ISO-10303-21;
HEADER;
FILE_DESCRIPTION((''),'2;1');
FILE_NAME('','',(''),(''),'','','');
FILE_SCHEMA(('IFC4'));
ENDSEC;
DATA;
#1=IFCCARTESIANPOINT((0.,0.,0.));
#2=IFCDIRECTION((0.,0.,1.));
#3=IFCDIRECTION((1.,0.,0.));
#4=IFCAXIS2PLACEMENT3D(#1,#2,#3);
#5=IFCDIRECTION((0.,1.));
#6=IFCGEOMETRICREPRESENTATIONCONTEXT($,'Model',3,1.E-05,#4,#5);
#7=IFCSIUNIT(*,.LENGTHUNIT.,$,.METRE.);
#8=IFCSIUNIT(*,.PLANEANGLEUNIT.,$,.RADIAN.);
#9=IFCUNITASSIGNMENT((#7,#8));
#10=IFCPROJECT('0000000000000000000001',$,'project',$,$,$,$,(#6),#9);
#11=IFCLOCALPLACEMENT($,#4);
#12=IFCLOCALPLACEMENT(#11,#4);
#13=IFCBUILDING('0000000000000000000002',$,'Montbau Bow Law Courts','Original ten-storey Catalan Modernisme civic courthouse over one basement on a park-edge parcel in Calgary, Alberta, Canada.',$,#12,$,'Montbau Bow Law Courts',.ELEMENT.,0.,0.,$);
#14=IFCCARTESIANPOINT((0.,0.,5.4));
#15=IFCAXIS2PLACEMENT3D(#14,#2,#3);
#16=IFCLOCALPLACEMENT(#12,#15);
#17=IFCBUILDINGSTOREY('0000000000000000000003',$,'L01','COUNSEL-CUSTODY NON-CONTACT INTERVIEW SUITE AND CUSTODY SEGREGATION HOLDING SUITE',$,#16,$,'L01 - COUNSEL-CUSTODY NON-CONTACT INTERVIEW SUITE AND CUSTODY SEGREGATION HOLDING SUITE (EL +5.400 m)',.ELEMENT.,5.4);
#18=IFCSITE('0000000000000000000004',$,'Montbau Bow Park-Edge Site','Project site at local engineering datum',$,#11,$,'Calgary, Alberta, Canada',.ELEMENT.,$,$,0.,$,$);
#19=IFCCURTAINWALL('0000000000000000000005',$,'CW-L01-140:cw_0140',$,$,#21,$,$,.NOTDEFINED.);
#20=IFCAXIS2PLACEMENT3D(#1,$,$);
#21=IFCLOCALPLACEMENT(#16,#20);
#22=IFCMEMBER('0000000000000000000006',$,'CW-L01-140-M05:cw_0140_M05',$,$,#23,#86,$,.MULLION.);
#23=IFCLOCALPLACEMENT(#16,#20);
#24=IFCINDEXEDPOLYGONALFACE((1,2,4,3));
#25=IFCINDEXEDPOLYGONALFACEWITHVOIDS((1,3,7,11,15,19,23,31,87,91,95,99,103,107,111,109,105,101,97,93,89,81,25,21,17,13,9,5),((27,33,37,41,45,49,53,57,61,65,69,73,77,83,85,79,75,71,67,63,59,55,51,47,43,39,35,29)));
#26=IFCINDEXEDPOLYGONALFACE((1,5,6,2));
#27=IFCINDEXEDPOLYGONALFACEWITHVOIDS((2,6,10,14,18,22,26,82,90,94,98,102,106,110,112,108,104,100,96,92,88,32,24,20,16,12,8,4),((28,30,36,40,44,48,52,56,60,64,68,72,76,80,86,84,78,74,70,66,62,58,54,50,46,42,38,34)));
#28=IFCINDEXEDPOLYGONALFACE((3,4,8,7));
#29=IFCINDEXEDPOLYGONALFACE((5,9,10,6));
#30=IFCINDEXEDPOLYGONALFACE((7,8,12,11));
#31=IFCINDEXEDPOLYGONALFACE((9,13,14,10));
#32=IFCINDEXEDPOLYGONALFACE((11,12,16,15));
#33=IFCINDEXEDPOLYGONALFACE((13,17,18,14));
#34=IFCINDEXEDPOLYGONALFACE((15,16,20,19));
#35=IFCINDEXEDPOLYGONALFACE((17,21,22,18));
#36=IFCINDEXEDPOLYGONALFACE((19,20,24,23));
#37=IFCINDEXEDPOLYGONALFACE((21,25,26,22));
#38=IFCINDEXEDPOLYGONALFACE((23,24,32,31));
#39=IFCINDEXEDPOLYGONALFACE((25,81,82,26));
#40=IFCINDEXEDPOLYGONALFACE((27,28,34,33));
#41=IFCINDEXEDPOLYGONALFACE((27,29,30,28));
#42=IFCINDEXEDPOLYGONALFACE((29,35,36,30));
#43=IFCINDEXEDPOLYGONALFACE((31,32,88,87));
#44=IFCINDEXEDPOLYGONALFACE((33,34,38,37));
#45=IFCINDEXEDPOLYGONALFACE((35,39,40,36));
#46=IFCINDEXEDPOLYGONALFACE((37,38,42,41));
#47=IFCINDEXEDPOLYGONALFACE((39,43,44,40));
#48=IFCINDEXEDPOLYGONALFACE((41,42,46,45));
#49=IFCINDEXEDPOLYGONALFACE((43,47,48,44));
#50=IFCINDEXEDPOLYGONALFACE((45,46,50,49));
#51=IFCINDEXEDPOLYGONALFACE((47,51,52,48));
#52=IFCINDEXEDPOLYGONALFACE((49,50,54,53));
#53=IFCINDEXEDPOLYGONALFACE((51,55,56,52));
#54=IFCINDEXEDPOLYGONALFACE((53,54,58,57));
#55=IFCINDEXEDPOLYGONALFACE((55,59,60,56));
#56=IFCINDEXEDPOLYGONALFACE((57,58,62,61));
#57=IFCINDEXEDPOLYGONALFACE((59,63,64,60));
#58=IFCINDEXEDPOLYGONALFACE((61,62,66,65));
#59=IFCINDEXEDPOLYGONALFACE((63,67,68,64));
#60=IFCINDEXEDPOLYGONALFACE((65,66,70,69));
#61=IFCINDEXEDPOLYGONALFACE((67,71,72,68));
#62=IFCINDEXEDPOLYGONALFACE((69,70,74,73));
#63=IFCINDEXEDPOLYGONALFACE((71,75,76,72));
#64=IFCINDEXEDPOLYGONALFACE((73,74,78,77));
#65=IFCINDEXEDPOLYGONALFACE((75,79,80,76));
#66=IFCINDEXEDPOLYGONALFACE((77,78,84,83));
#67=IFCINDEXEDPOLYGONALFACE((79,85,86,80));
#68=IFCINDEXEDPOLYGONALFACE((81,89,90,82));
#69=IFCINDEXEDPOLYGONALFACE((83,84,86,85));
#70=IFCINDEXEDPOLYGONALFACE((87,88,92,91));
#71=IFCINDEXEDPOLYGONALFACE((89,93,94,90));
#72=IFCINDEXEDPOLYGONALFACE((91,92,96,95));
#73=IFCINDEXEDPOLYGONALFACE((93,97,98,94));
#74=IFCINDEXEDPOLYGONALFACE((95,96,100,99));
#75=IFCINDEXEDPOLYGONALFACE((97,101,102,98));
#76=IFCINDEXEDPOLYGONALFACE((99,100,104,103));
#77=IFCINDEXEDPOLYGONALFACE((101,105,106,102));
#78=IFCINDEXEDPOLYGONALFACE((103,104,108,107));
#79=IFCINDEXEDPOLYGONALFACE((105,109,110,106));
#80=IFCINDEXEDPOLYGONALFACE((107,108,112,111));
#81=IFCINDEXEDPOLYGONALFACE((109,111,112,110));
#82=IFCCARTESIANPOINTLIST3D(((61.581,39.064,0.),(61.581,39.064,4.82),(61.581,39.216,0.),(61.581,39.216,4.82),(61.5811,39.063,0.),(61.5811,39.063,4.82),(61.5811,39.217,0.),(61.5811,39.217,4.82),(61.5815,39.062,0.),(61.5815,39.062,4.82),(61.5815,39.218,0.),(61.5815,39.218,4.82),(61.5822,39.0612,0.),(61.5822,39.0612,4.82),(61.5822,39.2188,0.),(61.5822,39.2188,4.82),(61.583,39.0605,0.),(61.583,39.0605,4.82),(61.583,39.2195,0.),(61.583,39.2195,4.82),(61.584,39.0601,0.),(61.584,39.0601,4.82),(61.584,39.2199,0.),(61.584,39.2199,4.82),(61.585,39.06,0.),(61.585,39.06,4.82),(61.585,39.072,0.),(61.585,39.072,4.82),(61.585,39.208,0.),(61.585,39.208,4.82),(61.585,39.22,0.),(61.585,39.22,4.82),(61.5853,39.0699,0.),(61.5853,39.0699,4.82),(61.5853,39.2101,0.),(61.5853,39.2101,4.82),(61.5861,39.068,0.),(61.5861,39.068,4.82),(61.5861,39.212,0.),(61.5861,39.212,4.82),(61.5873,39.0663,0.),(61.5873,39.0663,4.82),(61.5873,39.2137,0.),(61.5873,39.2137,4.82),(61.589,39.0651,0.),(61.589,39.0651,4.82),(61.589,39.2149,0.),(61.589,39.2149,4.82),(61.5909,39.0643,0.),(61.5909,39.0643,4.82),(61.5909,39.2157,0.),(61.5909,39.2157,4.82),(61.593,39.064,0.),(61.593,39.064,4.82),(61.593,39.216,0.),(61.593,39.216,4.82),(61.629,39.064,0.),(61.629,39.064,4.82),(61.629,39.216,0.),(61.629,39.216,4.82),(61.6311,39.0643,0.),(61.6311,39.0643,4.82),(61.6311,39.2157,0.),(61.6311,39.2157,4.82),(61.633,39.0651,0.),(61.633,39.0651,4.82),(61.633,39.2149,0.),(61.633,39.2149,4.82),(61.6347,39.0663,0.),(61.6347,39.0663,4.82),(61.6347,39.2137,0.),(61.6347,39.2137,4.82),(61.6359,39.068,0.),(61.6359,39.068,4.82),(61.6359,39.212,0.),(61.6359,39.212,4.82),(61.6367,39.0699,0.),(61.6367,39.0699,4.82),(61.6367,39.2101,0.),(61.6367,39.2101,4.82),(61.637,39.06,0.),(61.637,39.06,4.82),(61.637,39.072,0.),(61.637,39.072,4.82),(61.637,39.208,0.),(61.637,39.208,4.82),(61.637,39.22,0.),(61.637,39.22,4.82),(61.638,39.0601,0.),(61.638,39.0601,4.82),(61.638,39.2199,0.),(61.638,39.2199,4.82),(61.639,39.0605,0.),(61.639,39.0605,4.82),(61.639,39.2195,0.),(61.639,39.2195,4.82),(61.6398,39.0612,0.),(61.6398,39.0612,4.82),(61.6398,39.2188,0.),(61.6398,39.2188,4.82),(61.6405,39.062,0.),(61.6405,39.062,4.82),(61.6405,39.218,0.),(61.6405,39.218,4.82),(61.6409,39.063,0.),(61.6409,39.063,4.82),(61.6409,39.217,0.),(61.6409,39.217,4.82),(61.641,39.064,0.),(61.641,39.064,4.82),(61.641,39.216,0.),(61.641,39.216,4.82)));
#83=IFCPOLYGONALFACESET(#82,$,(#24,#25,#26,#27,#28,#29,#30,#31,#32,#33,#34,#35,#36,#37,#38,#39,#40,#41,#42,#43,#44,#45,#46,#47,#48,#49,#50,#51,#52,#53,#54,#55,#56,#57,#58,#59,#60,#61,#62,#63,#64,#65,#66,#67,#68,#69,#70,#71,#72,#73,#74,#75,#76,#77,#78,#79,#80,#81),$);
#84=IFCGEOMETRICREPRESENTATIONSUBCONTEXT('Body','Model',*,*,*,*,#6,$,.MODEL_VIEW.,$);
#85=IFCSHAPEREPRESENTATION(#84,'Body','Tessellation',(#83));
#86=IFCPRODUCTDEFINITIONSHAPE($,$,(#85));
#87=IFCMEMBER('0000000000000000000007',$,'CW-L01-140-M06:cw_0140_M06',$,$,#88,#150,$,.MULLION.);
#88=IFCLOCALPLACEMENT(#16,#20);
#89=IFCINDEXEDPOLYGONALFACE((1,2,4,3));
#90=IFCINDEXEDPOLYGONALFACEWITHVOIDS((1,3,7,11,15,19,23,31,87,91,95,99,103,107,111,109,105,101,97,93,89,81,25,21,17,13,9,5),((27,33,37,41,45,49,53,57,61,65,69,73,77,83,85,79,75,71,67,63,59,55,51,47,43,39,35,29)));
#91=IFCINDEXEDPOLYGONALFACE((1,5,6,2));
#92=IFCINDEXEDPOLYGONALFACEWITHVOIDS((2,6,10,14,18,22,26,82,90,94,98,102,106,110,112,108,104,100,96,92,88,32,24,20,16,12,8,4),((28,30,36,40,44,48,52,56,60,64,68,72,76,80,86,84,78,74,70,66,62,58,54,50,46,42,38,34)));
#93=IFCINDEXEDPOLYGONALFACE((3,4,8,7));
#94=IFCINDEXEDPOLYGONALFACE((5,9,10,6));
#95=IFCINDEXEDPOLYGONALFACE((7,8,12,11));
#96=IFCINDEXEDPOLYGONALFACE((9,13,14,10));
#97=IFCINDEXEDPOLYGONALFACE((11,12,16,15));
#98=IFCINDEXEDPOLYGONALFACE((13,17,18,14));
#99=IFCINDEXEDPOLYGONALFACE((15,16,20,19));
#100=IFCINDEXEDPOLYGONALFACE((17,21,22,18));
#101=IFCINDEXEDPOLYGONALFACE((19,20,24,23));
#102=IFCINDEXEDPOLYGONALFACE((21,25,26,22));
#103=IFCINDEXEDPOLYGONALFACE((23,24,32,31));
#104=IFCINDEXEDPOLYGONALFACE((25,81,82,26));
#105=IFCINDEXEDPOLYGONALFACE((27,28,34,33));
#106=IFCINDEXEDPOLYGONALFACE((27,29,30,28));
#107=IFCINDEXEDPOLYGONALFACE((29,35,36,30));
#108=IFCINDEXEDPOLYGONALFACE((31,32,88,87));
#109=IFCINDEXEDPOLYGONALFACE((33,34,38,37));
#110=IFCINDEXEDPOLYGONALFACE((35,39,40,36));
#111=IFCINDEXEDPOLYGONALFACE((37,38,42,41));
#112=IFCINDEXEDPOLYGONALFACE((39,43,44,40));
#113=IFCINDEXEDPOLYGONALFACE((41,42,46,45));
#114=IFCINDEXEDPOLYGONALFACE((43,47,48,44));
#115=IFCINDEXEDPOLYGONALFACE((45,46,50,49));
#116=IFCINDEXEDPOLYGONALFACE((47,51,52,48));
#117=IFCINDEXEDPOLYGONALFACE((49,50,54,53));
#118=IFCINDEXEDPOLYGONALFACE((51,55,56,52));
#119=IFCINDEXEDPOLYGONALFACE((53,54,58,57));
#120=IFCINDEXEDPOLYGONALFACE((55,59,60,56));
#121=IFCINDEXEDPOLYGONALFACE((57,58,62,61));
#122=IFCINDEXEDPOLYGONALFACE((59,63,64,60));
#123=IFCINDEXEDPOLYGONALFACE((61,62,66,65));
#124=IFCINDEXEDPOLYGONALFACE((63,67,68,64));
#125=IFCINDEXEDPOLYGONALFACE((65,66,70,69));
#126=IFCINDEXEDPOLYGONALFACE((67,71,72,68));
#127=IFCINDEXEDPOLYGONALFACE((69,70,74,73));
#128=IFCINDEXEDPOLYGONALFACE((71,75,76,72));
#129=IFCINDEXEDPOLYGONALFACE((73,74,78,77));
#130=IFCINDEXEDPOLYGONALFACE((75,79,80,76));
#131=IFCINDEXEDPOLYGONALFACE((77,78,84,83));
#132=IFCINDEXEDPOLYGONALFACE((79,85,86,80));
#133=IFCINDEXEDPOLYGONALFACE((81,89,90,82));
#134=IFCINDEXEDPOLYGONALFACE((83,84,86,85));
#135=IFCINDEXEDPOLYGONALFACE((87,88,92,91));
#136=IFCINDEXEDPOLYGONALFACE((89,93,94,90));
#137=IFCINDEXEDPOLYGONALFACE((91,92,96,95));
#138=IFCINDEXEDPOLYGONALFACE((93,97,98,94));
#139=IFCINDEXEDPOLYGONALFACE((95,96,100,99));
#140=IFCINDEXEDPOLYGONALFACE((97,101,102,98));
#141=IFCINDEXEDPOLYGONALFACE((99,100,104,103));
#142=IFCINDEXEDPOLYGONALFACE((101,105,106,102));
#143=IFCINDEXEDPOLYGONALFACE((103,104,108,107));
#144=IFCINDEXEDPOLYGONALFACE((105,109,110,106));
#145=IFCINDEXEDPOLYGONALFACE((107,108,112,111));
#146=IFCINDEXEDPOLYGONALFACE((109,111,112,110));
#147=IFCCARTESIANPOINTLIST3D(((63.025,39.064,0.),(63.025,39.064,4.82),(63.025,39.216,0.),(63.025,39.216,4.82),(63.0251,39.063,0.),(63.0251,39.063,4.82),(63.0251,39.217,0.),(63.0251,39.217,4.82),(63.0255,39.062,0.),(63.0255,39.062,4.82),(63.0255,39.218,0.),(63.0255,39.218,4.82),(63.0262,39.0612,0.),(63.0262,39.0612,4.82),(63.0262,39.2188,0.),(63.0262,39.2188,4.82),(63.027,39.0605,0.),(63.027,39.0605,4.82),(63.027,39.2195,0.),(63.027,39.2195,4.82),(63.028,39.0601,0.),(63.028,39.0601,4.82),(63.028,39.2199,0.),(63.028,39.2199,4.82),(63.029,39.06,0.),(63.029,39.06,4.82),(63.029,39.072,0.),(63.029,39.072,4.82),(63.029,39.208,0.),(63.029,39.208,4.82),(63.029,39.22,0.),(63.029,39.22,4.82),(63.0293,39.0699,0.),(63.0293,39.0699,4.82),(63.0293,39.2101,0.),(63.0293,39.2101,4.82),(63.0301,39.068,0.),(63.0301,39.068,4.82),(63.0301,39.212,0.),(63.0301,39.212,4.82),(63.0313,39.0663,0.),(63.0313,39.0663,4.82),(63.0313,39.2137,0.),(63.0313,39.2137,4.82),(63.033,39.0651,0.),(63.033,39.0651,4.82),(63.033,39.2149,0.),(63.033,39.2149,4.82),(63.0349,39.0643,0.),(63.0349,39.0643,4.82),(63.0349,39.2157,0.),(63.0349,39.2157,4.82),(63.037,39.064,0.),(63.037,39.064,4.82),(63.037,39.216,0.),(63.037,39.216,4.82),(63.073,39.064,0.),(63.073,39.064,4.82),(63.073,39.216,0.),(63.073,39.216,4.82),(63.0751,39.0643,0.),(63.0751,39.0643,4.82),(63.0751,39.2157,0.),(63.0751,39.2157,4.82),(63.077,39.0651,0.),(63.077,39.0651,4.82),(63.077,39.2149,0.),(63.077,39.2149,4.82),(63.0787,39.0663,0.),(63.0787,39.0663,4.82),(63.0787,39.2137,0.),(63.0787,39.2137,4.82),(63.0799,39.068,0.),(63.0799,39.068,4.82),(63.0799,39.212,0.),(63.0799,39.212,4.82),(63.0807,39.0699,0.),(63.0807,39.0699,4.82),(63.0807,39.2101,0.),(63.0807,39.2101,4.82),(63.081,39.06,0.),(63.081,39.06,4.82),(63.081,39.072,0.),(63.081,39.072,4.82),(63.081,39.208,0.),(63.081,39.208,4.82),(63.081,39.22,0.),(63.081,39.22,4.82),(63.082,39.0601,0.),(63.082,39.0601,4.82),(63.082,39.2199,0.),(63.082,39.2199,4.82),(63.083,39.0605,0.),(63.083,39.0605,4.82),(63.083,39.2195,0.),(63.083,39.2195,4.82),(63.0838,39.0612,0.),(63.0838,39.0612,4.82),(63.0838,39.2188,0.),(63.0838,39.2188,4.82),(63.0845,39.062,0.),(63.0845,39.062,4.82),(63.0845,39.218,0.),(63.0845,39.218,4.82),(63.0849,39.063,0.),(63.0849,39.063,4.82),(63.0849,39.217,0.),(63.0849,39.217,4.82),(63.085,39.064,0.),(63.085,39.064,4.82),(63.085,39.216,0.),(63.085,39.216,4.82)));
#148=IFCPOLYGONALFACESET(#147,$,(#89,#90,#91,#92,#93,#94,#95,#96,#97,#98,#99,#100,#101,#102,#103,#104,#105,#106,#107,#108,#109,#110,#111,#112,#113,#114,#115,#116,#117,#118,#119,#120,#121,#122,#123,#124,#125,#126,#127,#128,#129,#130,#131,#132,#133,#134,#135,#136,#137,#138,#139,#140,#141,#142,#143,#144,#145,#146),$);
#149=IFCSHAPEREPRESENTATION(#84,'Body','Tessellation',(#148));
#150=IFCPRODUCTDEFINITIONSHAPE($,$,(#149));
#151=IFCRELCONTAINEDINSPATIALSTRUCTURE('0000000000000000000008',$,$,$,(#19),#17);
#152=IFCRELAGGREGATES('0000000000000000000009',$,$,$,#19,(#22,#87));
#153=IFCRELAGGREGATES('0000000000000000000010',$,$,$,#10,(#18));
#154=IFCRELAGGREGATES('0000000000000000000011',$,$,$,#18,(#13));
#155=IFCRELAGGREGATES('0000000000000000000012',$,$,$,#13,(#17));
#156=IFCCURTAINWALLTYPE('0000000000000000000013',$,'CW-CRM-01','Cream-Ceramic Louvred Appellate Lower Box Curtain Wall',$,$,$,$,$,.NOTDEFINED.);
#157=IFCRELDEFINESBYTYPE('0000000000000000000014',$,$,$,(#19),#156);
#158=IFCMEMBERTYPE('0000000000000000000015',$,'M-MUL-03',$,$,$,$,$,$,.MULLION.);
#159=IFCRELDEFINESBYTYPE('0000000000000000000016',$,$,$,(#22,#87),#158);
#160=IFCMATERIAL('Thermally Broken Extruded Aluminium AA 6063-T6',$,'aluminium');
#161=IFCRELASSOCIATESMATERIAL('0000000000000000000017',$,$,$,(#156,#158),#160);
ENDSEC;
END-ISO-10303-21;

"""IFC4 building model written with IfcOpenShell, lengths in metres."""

from ifc_helpers import new_model, si_unit, direction, frame, origin_with_axes, origin_2d_with_axis, place, context, subcontext, project, spatial, hollow_rectangle, extrude, material, material_profile, profile_set, type_object, element, aggregate, save


model = new_model("IFC4")

# Units and contexts
model_context = context("Model", 3, precision=1e-05, world=origin_with_axes(), true_north=direction((0.0, 1.0)))
body_context = subcontext(model_context, "Body", "Model", "MODEL_VIEW")
ifc_project = project(units=[si_unit("LENGTHUNIT", "METRE"), si_unit("PLANEANGLEUNIT", "RADIAN")], contexts=[model_context])

# Site, building, storey
site_placement = place(None, origin_with_axes())
site = spatial("IfcSite", under=ifc_project, at=site_placement, Name="Montbau Bow Park-Edge Site", Description="Project site at local engineering datum", LongName="Calgary, Alberta, Canada", CompositionType="ELEMENT", RefElevation=0.0)
building_placement = place(site_placement, origin_with_axes())
building = spatial("IfcBuilding", under=site, at=building_placement, Name="Montbau Bow Law Courts", Description="Original ten-storey Catalan Modernisme civic courthouse over one basement on a park-edge parcel in Calgary, Alberta, Canada.", LongName="Montbau Bow Law Courts", CompositionType="ELEMENT", ElevationOfRefHeight=0.0, ElevationOfTerrain=0.0)
storey_placement = place(building_placement, frame((0.0, 0.0, 5.4), z_axis=(0.0, 0.0, 1.0), x_axis=(1.0, 0.0, 0.0)))
storey = spatial("IfcBuildingStorey", under=building, at=storey_placement, Name="L01", Description="COUNSEL-CUSTODY NON-CONTACT INTERVIEW SUITE AND CUSTODY SEGREGATION HOLDING SUITE", LongName="L01 - COUNSEL-CUSTODY NON-CONTACT INTERVIEW SUITE AND CUSTODY SEGREGATION HOLDING SUITE (EL +5.400 m)", CompositionType="ELEMENT", Elevation=5.4)

# Shared definitions
ifc_material_1 = material(Name="Thermally Broken Extruded Aluminium AA 6063-T6", Category="aluminium")
curtain_wall_type = type_object("IfcCurtainWallType", Name="CW-CRM-01", Description="Cream-Ceramic Louvred Appellate Lower Box Curtain Wall", PredefinedType="NOTDEFINED", material=ifc_material_1)

# Curtain wall, members
curtain_wall_1_placement = place(None, frame((55.715, 39.14, 5.4), z_axis=(0.0, 0.0, 1.0), x_axis=(1.0, 0.0, 0.0)))
curtain_wall_1 = element("IfcCurtainWall", 1, at=curtain_wall_1_placement, inside=storey, type_object=curtain_wall_type, Name="CW-L01-140:cw_0140", PredefinedType="NOTDEFINED")
ifc_material_profile_1 = material_profile(ifc_material_1, hollow_rectangle(XDim=0.06, YDim=0.16, WallThickness=0.004, InnerFilletRadius=0.008, OuterFilletRadius=0.004, at=origin_2d_with_axis()), Name="CWM-160X60", Category="Main", Priority=0)
ifc_profile_set_1 = profile_set([ifc_material_profile_1], Name="Thermally Broken Extruded Aluminium AA 6063-T6")
member_type_1 = type_object("IfcMemberType", Name="M-MUL-03", PredefinedType="MULLION", material=ifc_profile_set_1)
member_1_placement = place(None, frame((61.611, 39.14, 5.4), z_axis=(0.0, 0.0, 1.0), x_axis=(1.0, 0.0, 0.0)))
member_1 = element("IfcMember", 2, at=member_1_placement, type_object=member_type_1, Name="CW-L01-140-M05:cw_0140_M05", PredefinedType="MULLION", context=body_context, shape_type="SweptSolid", body=[
    extrude(hollow_rectangle(XDim=0.06, YDim=0.16, WallThickness=0.004, InnerFilletRadius=0.008, OuterFilletRadius=0.004, at=origin_2d_with_axis()), origin_with_axes(), (0.0, 0.0, 1.0), 4.82),
])
member_2_placement = place(None, frame((63.055, 39.14, 5.4), z_axis=(0.0, 0.0, 1.0), x_axis=(1.0, 0.0, 0.0)))
member_2 = element("IfcMember", 3, at=member_2_placement, type_object=member_type_1, Name="CW-L01-140-M06:cw_0140_M06", PredefinedType="MULLION", context=body_context, shape_type="SweptSolid", body=[
    extrude(hollow_rectangle(XDim=0.06, YDim=0.16, WallThickness=0.004, InnerFilletRadius=0.008, OuterFilletRadius=0.004, at=origin_2d_with_axis()), origin_with_axes(), (0.0, 0.0, 1.0), 4.82),
])
aggregate(curtain_wall_1, [member_1, member_2])

save(model, "model.ifc")
